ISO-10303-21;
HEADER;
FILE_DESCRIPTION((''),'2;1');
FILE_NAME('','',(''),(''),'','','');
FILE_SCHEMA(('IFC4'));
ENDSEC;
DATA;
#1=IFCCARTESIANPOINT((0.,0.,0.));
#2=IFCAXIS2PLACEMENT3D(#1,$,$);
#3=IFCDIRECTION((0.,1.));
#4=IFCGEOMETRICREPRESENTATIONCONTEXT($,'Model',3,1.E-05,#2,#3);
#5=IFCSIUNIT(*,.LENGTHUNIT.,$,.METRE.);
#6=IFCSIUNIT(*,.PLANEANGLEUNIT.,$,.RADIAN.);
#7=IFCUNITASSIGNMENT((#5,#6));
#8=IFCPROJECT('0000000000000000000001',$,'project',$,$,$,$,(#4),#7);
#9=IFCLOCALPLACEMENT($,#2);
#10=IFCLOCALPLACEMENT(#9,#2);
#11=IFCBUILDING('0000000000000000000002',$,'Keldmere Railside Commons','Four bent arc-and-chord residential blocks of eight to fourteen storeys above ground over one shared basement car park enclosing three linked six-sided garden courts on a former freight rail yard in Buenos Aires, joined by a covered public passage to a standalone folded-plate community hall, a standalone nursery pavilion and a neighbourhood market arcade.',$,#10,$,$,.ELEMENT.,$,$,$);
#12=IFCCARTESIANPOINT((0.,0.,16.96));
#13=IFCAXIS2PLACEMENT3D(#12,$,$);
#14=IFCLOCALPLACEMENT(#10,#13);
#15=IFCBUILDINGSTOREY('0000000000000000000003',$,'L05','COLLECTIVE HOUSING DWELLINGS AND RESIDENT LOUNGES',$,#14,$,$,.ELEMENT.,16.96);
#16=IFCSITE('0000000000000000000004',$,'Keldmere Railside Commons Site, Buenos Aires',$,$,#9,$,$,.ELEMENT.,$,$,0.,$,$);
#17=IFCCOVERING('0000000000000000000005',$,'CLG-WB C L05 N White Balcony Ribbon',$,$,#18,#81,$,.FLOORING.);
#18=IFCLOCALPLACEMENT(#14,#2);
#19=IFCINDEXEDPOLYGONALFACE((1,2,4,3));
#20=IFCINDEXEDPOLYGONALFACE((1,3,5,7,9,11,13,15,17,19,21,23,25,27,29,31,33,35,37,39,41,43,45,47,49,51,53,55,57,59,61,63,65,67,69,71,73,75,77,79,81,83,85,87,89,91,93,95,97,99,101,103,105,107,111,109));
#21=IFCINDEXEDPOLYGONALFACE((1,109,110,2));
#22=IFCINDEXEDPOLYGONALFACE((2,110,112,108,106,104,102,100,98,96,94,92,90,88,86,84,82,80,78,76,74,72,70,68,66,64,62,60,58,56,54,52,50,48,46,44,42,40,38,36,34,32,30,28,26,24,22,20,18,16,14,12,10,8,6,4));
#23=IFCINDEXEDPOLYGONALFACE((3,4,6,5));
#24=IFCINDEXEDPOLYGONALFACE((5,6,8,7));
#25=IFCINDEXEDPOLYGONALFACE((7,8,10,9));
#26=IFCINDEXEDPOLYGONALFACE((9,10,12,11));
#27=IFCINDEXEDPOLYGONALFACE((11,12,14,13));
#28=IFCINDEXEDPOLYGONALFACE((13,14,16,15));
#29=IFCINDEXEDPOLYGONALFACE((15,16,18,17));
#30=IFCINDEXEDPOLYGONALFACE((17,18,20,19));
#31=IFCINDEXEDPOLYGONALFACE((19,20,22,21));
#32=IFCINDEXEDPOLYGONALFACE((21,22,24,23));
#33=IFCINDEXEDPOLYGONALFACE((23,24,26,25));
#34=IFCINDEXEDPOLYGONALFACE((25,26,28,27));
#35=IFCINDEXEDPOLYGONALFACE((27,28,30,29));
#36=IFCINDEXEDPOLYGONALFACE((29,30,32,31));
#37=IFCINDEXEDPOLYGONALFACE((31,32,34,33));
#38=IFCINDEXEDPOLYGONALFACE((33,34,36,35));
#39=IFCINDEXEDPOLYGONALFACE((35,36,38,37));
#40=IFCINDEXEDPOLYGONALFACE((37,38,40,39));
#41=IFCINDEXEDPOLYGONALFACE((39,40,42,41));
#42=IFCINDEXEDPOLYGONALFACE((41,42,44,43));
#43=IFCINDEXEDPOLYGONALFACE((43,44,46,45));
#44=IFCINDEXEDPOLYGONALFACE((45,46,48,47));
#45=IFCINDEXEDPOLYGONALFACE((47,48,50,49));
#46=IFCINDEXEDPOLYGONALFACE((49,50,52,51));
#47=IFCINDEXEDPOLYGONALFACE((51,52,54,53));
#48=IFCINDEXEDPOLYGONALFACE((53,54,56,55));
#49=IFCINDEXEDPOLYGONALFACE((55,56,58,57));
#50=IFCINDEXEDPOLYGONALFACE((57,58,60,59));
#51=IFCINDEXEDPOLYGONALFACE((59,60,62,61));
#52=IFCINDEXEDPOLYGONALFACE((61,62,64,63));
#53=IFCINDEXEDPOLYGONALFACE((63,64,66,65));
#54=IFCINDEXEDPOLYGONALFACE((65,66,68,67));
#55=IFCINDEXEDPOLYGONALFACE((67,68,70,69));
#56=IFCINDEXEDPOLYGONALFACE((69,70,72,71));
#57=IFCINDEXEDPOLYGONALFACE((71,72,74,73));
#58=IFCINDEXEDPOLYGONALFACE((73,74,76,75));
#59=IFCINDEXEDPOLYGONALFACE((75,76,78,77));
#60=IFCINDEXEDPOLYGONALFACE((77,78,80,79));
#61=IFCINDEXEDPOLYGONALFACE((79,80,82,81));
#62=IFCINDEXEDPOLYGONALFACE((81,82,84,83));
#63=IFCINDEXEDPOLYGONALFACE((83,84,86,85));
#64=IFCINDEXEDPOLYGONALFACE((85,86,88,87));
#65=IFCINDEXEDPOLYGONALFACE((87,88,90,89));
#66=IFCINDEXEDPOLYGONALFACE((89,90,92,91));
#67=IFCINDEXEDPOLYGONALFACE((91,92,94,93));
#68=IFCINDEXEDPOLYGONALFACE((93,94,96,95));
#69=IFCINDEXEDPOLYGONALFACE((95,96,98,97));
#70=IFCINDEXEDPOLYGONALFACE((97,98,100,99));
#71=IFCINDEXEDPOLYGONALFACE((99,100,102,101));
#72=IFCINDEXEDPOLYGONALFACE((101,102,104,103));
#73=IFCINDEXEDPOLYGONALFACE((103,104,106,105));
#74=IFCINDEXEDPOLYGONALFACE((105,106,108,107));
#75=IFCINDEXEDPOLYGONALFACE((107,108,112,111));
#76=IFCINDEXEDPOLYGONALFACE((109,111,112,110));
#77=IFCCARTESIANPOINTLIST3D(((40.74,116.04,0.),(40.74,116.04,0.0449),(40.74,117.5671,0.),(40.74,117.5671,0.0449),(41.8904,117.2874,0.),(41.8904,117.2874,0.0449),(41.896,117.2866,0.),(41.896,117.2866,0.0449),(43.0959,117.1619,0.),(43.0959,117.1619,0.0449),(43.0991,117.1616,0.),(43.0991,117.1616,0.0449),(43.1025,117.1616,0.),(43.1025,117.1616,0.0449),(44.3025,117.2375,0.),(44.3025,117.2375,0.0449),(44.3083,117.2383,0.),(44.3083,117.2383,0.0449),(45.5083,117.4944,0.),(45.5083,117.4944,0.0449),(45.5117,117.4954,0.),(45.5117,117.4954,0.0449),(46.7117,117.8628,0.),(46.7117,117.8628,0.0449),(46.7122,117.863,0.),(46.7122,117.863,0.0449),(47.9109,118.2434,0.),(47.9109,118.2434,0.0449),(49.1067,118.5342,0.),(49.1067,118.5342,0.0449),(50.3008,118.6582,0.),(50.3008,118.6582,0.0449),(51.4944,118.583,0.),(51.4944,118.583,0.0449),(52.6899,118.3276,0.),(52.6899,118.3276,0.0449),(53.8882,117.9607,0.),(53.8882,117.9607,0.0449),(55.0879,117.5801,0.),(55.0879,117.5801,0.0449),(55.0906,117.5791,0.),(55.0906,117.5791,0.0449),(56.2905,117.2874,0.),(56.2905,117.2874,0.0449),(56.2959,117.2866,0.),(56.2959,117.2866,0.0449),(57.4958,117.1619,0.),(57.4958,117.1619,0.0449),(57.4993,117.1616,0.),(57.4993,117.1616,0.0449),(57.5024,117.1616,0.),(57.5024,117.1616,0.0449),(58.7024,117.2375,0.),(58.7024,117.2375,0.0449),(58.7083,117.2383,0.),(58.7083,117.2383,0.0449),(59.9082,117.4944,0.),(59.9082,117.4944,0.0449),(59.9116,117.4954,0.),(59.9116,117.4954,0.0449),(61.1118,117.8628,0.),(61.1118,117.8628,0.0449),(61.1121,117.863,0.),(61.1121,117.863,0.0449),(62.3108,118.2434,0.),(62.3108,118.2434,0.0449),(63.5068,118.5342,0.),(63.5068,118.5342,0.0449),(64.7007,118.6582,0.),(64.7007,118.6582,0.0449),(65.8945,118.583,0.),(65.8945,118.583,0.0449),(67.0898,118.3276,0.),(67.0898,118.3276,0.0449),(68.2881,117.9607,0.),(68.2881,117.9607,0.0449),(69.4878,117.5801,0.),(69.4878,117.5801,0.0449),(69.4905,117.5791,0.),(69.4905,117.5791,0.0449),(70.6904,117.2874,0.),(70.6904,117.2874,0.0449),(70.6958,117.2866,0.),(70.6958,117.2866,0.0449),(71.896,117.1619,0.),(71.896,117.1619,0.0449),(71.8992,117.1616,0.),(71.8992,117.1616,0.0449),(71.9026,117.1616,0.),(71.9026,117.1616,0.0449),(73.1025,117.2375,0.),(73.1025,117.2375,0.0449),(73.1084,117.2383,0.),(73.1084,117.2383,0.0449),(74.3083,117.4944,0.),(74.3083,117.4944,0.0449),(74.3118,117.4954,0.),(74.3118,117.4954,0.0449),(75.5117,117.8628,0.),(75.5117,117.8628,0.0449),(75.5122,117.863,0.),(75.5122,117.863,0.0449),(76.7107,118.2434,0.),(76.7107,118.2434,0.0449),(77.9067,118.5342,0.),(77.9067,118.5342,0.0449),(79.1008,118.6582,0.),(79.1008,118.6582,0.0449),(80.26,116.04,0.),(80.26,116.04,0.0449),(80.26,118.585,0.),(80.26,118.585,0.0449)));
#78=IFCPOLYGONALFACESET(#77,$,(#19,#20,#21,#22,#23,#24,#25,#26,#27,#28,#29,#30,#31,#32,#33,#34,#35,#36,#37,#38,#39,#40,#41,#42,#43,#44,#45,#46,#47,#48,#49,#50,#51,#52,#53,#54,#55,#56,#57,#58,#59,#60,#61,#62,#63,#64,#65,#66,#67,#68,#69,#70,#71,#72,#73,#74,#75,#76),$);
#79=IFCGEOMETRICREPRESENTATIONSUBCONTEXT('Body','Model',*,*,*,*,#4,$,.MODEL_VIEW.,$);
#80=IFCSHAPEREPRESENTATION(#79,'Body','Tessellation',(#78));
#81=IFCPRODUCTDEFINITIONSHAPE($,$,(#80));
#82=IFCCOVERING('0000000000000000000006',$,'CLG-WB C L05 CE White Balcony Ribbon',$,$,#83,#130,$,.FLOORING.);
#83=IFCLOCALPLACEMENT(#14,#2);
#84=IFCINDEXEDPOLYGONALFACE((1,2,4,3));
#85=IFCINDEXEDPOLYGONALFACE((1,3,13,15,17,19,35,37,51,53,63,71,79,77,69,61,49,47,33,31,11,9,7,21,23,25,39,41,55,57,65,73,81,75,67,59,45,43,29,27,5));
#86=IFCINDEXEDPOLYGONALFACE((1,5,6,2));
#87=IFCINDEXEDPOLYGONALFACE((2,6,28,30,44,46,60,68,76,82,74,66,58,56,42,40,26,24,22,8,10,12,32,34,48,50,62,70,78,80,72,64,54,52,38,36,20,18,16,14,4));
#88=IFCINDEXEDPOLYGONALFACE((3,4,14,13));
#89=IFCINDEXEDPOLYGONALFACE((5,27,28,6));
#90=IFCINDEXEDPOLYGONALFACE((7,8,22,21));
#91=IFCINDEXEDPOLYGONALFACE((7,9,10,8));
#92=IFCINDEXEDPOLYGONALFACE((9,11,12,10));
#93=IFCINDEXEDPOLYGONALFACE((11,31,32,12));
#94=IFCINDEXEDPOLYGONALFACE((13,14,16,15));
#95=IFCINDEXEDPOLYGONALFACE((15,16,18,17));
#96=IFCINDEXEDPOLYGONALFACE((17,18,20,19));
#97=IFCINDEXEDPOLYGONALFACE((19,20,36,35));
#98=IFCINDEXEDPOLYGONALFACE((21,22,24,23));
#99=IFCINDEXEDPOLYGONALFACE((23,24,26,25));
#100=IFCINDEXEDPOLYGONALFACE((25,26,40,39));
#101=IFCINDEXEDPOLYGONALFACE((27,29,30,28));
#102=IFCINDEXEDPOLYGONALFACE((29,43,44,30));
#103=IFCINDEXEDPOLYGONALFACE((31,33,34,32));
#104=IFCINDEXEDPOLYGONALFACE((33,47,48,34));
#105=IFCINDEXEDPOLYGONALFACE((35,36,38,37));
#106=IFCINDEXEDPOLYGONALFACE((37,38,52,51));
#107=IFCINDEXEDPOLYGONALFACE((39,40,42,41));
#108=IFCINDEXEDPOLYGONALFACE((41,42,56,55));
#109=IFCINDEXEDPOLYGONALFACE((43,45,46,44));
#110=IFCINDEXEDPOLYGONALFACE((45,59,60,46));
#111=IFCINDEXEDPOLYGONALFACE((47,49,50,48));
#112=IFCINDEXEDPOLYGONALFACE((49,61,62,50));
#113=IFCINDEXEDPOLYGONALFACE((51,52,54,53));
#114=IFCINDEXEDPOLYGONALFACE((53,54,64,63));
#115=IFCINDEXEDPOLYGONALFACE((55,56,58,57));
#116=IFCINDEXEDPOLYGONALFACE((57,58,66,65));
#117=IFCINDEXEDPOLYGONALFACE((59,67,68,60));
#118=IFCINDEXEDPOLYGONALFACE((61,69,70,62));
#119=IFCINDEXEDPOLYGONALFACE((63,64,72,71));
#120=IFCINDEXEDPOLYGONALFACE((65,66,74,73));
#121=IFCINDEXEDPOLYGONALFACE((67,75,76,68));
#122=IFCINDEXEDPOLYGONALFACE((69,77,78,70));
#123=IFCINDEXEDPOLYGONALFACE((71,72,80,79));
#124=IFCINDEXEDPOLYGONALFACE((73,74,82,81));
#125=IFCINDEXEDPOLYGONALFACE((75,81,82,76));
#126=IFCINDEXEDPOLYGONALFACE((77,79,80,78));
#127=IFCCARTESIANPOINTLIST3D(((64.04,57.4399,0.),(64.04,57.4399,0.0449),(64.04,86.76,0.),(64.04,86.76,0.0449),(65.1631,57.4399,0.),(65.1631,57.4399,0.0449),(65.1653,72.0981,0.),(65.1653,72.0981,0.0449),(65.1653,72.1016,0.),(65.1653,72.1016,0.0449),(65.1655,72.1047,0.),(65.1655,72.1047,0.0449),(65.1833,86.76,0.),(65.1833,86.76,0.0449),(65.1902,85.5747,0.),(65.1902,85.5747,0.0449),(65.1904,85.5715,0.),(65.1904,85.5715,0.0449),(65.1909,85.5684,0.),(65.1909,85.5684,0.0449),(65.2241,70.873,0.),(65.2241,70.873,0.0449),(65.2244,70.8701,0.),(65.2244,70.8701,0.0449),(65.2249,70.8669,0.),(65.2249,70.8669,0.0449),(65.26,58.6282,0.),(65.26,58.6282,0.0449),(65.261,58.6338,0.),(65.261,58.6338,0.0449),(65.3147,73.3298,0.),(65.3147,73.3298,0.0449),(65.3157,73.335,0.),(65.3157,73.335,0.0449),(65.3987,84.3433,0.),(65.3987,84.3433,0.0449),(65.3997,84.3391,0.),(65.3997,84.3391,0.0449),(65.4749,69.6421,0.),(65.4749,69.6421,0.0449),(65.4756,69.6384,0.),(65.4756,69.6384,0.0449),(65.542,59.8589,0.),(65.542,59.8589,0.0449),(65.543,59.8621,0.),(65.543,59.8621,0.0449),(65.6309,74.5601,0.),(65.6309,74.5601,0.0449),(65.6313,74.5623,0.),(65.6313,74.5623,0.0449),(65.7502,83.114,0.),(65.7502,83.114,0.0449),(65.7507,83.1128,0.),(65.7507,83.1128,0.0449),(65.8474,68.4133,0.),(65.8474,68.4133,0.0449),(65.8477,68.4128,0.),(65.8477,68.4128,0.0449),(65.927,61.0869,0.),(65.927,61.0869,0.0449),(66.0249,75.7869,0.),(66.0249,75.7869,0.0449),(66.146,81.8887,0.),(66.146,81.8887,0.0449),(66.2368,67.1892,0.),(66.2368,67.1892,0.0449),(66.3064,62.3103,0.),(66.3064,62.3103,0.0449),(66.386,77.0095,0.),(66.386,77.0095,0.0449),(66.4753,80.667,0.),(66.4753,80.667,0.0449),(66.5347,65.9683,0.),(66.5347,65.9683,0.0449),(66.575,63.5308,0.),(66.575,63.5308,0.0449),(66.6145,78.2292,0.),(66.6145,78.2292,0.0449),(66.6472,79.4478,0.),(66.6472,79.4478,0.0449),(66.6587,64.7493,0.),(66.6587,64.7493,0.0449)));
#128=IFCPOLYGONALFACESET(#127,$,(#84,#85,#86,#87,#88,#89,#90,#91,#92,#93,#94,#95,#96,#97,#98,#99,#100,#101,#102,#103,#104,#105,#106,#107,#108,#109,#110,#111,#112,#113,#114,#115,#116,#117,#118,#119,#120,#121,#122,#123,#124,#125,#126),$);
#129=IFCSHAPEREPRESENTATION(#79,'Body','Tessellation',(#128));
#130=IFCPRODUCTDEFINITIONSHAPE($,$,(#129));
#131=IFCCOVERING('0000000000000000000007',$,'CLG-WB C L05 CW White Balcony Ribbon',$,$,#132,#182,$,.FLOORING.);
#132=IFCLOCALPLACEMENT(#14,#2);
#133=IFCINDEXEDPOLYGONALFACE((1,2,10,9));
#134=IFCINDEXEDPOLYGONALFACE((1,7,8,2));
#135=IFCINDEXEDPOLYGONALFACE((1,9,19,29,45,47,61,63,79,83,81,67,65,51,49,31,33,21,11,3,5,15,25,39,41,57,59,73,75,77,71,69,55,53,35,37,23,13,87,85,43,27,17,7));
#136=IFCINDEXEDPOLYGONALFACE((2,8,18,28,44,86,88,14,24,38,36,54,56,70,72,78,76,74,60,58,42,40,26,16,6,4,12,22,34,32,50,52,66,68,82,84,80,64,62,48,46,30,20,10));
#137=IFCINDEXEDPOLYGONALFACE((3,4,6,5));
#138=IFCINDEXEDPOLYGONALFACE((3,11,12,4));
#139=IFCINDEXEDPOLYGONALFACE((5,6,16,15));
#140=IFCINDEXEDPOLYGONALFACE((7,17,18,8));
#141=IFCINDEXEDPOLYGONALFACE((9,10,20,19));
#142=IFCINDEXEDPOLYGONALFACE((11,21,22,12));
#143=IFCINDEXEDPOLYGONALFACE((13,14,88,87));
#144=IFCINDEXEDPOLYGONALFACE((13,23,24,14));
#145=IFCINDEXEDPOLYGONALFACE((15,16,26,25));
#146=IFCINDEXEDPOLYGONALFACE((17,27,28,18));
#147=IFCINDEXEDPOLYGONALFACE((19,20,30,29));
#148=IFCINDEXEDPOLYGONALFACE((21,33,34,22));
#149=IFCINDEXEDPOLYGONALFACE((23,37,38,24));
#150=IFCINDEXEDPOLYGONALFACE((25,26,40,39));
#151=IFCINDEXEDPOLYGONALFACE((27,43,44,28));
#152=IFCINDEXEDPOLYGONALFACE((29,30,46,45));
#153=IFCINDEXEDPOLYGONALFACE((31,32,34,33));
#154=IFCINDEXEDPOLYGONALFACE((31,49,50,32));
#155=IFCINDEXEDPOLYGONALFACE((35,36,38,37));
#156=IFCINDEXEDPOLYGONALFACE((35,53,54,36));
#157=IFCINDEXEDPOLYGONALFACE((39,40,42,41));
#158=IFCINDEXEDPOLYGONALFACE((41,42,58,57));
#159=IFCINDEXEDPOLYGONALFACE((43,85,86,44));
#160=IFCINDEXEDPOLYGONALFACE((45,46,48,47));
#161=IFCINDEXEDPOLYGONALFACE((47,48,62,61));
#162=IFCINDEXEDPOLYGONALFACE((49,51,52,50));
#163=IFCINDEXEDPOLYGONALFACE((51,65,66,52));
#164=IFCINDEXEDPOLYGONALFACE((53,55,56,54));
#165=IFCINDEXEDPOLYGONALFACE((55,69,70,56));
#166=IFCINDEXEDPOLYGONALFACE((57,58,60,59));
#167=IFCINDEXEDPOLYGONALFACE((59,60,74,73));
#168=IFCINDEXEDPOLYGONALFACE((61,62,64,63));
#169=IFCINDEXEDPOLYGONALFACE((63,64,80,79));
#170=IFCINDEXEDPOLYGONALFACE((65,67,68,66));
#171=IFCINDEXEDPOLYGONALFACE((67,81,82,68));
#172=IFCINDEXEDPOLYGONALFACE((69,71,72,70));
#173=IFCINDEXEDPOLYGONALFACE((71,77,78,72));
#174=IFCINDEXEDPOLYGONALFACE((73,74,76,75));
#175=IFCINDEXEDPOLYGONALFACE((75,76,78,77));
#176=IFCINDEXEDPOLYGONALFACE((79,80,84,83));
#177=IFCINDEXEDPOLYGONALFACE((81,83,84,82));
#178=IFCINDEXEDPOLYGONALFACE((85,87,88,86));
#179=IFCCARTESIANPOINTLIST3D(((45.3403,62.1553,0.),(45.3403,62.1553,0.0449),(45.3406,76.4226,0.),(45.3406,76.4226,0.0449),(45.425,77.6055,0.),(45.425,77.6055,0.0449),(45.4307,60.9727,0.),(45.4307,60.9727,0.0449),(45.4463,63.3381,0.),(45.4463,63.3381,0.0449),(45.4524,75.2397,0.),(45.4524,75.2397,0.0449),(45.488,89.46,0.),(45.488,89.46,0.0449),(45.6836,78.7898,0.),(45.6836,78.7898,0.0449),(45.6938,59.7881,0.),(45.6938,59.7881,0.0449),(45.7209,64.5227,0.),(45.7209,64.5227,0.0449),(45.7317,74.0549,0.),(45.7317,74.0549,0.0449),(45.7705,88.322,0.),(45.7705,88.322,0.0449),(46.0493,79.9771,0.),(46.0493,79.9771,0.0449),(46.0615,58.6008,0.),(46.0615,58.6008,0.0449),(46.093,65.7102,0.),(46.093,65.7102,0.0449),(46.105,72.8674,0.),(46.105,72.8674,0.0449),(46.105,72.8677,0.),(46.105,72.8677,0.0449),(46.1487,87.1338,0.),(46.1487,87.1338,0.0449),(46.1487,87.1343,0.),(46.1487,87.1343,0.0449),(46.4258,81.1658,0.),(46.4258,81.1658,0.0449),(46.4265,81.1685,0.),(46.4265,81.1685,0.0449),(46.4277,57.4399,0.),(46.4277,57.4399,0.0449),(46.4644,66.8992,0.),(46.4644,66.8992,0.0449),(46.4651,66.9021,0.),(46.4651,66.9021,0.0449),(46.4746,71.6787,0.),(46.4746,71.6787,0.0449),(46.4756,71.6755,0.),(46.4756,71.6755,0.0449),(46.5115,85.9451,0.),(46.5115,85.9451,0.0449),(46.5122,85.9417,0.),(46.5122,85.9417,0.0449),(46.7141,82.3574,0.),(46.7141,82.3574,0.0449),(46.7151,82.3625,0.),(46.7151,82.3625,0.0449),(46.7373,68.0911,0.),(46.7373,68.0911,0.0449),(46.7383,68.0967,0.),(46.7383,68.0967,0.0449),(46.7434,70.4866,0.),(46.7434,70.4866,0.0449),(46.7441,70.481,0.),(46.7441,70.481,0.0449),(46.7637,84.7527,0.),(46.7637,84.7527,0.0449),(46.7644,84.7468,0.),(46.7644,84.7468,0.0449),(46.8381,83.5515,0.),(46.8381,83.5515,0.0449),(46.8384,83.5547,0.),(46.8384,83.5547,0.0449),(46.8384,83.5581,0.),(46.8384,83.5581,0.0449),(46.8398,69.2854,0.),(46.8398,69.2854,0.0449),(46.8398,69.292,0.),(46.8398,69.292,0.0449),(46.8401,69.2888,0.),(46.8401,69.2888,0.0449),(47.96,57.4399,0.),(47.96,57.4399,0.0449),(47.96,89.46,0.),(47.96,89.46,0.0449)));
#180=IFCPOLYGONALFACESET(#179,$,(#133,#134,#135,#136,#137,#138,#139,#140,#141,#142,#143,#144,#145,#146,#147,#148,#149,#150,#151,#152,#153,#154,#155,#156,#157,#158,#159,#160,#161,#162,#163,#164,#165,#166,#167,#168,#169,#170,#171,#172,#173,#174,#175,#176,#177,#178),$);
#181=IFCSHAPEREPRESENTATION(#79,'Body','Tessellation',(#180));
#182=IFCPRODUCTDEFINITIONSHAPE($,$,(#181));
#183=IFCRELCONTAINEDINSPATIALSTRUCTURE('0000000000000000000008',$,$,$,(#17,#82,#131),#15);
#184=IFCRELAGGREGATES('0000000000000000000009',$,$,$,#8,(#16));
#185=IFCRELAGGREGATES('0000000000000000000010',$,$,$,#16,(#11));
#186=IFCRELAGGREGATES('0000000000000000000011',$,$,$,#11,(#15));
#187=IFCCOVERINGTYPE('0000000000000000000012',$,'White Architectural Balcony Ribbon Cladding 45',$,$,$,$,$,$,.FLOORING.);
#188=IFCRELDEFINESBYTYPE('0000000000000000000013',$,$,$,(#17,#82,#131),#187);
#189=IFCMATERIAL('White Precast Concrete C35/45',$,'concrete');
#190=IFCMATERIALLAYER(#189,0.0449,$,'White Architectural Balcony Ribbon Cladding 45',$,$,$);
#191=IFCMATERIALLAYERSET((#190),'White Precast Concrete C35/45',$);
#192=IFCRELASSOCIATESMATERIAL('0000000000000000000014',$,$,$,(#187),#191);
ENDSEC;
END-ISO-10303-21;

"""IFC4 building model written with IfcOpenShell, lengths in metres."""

from ifc_helpers import new_model, si_unit, direction, frame, origin, place, context, subcontext, project, spatial, polyline, outline, extrude, material, layer, layer_set, type_object, element, save


model = new_model("IFC4")

# Units and contexts
model_context = context("Model", 3, precision=1e-05, world=origin(), true_north=direction((0.0, 1.0)))
body_context = subcontext(model_context, "Body", "Model", "MODEL_VIEW")
ifc_project = project(units=[si_unit("LENGTHUNIT", "METRE"), si_unit("PLANEANGLEUNIT", "RADIAN")], contexts=[model_context])

# Site, building, storey
site_placement = place(None, origin())
site = spatial("IfcSite", under=ifc_project, at=site_placement, Name="Keldmere Railside Commons Site, Buenos Aires", CompositionType="ELEMENT", RefElevation=0.0)
building_placement = place(site_placement, origin())
building = spatial("IfcBuilding", under=site, at=building_placement, Name="Keldmere Railside Commons", Description="Four bent arc-and-chord residential blocks of eight to fourteen storeys above ground over one shared basement car park enclosing three linked six-sided garden courts on a former freight rail yard in Buenos Aires, joined by a covered public passage to a standalone folded-plate community hall, a standalone nursery pavilion and a neighbourhood market arcade.", CompositionType="ELEMENT")
storey_placement = place(building_placement, frame((0.0, 0.0, 16.96)))
storey = spatial("IfcBuildingStorey", under=building, at=storey_placement, Name="L05", Description="COLLECTIVE HOUSING DWELLINGS AND RESIDENT LOUNGES", CompositionType="ELEMENT", Elevation=16.96)

# Coverings
ifc_material_1 = material(Name="White Precast Concrete C35/45", Category="concrete")
ifc_layer_1 = layer(ifc_material_1, 0.0449, Name="White Architectural Balcony Ribbon Cladding 45")
ifc_layer_set_1 = layer_set([ifc_layer_1], Name="White Precast Concrete C35/45")
covering_type_1 = type_object("IfcCoveringType", Name="White Architectural Balcony Ribbon Cladding 45", PredefinedType="FLOORING", material=ifc_layer_set_1)
covering_1_placement = place(storey_placement, origin())
element("IfcCovering", 1, at=covering_1_placement, inside=storey, type_object=covering_type_1, Name="CLG-WB C L05 N White Balcony Ribbon", PredefinedType="FLOORING", context=body_context, shape_type="SweptSolid", body=[
    extrude(outline(polyline([(80.26, 116.04), (80.26, 118.585), (79.1008, 118.6582), (77.9067, 118.5342), (76.7107, 118.2434), (75.5122, 117.863), (75.5117, 117.8628), (74.3118, 117.4954), (74.3083, 117.4944), (73.1084, 117.2383), (73.1025, 117.2375), (71.9026, 117.1616), (71.8992, 117.1616), (71.896, 117.1619), (70.6958, 117.2866), (70.6904, 117.2874), (69.4905, 117.5791), (69.4878, 117.5801), (68.2881, 117.9607), (67.0898, 118.3276), (65.8945, 118.583), (64.7007, 118.6582), (63.5068, 118.5342), (62.3108, 118.2434), (61.1121, 117.863), (61.1118, 117.8628), (59.9116, 117.4954), (59.9082, 117.4944), (58.7083, 117.2383), (58.7024, 117.2375), (57.5024, 117.1616), (57.4993, 117.1616), (57.4958, 117.1619), (56.2959, 117.2866), (56.2905, 117.2874), (55.0906, 117.5791), (55.0879, 117.5801), (53.8882, 117.9607), (52.6899, 118.3276), (51.4944, 118.583), (50.3008, 118.6582), (49.1067, 118.5342), (47.9109, 118.2434), (46.7122, 117.863), (46.7117, 117.8628), (45.5117, 117.4954), (45.5083, 117.4944), (44.3083, 117.2383), (44.3025, 117.2375), (43.1025, 117.1616), (43.0991, 117.1616), (43.0959, 117.1619), (41.896, 117.2866), (41.8904, 117.2874), (40.74, 117.5671), (40.74, 116.04), (80.26, 116.04)])), origin(), (0.0, 0.0, 1.0), 0.0449),
])
covering_2_placement = place(storey_placement, origin())
element("IfcCovering", 2, at=covering_2_placement, inside=storey, type_object=covering_type_1, Name="CLG-WB C L05 CE White Balcony Ribbon", PredefinedType="FLOORING", context=body_context, shape_type="SweptSolid", body=[
    extrude(outline(polyline([(65.26, 58.6282), (65.261, 58.6338), (65.542, 59.8589), (65.543, 59.8621), (65.927, 61.0869), (66.3064, 62.3103), (66.575, 63.5308), (66.6587, 64.7493), (66.5347, 65.9683), (66.2368, 67.1892), (65.8477, 68.4128), (65.8474, 68.4133), (65.4756, 69.6384), (65.4749, 69.6421), (65.2249, 70.8669), (65.2244, 70.8701), (65.2241, 70.873), (65.1653, 72.0981), (65.1653, 72.1016), (65.1655, 72.1047), (65.3147, 73.3298), (65.3157, 73.335), (65.6309, 74.5601), (65.6313, 74.5623), (66.0249, 75.7869), (66.386, 77.0095), (66.6145, 78.2292), (66.6472, 79.4478), (66.4753, 80.667), (66.146, 81.8887), (65.7507, 83.1128), (65.7502, 83.114), (65.3997, 84.3391), (65.3987, 84.3433), (65.1909, 85.5684), (65.1904, 85.5715), (65.1902, 85.5747), (65.1833, 86.76), (64.04, 86.76), (64.04, 57.4399), (65.1631, 57.4399), (65.26, 58.6282)])), origin(), (0.0, 0.0, 1.0), 0.0449),
])
covering_3_placement = place(storey_placement, origin())
element("IfcCovering", 3, at=covering_3_placement, inside=storey, type_object=covering_type_1, Name="CLG-WB C L05 CW White Balcony Ribbon", PredefinedType="FLOORING", context=body_context, shape_type="SweptSolid", body=[
    extrude(outline(polyline([(47.96, 89.46), (45.488, 89.46), (45.7705, 88.322), (46.1487, 87.1343), (46.1487, 87.1338), (46.5115, 85.9451), (46.5122, 85.9417), (46.7637, 84.7527), (46.7644, 84.7468), (46.8384, 83.5581), (46.8384, 83.5547), (46.8381, 83.5515), (46.7151, 82.3625), (46.7141, 82.3574), (46.4265, 81.1685), (46.4258, 81.1658), (46.0493, 79.9771), (45.6836, 78.7898), (45.425, 77.6055), (45.3406, 76.4226), (45.4524, 75.2397), (45.7317, 74.0549), (46.105, 72.8677), (46.105, 72.8674), (46.4746, 71.6787), (46.4756, 71.6755), (46.7434, 70.4866), (46.7441, 70.481), (46.8398, 69.292), (46.8401, 69.2888), (46.8398, 69.2854), (46.7383, 68.0967), (46.7373, 68.0911), (46.4651, 66.9021), (46.4644, 66.8992), (46.093, 65.7102), (45.7209, 64.5227), (45.4463, 63.3381), (45.3403, 62.1553), (45.4307, 60.9727), (45.6938, 59.7881), (46.0615, 58.6008), (46.4277, 57.4399), (47.96, 57.4399), (47.96, 89.46)])), origin(), (0.0, 0.0, 1.0), 0.0449),
])

save(model, "model.ifc")
